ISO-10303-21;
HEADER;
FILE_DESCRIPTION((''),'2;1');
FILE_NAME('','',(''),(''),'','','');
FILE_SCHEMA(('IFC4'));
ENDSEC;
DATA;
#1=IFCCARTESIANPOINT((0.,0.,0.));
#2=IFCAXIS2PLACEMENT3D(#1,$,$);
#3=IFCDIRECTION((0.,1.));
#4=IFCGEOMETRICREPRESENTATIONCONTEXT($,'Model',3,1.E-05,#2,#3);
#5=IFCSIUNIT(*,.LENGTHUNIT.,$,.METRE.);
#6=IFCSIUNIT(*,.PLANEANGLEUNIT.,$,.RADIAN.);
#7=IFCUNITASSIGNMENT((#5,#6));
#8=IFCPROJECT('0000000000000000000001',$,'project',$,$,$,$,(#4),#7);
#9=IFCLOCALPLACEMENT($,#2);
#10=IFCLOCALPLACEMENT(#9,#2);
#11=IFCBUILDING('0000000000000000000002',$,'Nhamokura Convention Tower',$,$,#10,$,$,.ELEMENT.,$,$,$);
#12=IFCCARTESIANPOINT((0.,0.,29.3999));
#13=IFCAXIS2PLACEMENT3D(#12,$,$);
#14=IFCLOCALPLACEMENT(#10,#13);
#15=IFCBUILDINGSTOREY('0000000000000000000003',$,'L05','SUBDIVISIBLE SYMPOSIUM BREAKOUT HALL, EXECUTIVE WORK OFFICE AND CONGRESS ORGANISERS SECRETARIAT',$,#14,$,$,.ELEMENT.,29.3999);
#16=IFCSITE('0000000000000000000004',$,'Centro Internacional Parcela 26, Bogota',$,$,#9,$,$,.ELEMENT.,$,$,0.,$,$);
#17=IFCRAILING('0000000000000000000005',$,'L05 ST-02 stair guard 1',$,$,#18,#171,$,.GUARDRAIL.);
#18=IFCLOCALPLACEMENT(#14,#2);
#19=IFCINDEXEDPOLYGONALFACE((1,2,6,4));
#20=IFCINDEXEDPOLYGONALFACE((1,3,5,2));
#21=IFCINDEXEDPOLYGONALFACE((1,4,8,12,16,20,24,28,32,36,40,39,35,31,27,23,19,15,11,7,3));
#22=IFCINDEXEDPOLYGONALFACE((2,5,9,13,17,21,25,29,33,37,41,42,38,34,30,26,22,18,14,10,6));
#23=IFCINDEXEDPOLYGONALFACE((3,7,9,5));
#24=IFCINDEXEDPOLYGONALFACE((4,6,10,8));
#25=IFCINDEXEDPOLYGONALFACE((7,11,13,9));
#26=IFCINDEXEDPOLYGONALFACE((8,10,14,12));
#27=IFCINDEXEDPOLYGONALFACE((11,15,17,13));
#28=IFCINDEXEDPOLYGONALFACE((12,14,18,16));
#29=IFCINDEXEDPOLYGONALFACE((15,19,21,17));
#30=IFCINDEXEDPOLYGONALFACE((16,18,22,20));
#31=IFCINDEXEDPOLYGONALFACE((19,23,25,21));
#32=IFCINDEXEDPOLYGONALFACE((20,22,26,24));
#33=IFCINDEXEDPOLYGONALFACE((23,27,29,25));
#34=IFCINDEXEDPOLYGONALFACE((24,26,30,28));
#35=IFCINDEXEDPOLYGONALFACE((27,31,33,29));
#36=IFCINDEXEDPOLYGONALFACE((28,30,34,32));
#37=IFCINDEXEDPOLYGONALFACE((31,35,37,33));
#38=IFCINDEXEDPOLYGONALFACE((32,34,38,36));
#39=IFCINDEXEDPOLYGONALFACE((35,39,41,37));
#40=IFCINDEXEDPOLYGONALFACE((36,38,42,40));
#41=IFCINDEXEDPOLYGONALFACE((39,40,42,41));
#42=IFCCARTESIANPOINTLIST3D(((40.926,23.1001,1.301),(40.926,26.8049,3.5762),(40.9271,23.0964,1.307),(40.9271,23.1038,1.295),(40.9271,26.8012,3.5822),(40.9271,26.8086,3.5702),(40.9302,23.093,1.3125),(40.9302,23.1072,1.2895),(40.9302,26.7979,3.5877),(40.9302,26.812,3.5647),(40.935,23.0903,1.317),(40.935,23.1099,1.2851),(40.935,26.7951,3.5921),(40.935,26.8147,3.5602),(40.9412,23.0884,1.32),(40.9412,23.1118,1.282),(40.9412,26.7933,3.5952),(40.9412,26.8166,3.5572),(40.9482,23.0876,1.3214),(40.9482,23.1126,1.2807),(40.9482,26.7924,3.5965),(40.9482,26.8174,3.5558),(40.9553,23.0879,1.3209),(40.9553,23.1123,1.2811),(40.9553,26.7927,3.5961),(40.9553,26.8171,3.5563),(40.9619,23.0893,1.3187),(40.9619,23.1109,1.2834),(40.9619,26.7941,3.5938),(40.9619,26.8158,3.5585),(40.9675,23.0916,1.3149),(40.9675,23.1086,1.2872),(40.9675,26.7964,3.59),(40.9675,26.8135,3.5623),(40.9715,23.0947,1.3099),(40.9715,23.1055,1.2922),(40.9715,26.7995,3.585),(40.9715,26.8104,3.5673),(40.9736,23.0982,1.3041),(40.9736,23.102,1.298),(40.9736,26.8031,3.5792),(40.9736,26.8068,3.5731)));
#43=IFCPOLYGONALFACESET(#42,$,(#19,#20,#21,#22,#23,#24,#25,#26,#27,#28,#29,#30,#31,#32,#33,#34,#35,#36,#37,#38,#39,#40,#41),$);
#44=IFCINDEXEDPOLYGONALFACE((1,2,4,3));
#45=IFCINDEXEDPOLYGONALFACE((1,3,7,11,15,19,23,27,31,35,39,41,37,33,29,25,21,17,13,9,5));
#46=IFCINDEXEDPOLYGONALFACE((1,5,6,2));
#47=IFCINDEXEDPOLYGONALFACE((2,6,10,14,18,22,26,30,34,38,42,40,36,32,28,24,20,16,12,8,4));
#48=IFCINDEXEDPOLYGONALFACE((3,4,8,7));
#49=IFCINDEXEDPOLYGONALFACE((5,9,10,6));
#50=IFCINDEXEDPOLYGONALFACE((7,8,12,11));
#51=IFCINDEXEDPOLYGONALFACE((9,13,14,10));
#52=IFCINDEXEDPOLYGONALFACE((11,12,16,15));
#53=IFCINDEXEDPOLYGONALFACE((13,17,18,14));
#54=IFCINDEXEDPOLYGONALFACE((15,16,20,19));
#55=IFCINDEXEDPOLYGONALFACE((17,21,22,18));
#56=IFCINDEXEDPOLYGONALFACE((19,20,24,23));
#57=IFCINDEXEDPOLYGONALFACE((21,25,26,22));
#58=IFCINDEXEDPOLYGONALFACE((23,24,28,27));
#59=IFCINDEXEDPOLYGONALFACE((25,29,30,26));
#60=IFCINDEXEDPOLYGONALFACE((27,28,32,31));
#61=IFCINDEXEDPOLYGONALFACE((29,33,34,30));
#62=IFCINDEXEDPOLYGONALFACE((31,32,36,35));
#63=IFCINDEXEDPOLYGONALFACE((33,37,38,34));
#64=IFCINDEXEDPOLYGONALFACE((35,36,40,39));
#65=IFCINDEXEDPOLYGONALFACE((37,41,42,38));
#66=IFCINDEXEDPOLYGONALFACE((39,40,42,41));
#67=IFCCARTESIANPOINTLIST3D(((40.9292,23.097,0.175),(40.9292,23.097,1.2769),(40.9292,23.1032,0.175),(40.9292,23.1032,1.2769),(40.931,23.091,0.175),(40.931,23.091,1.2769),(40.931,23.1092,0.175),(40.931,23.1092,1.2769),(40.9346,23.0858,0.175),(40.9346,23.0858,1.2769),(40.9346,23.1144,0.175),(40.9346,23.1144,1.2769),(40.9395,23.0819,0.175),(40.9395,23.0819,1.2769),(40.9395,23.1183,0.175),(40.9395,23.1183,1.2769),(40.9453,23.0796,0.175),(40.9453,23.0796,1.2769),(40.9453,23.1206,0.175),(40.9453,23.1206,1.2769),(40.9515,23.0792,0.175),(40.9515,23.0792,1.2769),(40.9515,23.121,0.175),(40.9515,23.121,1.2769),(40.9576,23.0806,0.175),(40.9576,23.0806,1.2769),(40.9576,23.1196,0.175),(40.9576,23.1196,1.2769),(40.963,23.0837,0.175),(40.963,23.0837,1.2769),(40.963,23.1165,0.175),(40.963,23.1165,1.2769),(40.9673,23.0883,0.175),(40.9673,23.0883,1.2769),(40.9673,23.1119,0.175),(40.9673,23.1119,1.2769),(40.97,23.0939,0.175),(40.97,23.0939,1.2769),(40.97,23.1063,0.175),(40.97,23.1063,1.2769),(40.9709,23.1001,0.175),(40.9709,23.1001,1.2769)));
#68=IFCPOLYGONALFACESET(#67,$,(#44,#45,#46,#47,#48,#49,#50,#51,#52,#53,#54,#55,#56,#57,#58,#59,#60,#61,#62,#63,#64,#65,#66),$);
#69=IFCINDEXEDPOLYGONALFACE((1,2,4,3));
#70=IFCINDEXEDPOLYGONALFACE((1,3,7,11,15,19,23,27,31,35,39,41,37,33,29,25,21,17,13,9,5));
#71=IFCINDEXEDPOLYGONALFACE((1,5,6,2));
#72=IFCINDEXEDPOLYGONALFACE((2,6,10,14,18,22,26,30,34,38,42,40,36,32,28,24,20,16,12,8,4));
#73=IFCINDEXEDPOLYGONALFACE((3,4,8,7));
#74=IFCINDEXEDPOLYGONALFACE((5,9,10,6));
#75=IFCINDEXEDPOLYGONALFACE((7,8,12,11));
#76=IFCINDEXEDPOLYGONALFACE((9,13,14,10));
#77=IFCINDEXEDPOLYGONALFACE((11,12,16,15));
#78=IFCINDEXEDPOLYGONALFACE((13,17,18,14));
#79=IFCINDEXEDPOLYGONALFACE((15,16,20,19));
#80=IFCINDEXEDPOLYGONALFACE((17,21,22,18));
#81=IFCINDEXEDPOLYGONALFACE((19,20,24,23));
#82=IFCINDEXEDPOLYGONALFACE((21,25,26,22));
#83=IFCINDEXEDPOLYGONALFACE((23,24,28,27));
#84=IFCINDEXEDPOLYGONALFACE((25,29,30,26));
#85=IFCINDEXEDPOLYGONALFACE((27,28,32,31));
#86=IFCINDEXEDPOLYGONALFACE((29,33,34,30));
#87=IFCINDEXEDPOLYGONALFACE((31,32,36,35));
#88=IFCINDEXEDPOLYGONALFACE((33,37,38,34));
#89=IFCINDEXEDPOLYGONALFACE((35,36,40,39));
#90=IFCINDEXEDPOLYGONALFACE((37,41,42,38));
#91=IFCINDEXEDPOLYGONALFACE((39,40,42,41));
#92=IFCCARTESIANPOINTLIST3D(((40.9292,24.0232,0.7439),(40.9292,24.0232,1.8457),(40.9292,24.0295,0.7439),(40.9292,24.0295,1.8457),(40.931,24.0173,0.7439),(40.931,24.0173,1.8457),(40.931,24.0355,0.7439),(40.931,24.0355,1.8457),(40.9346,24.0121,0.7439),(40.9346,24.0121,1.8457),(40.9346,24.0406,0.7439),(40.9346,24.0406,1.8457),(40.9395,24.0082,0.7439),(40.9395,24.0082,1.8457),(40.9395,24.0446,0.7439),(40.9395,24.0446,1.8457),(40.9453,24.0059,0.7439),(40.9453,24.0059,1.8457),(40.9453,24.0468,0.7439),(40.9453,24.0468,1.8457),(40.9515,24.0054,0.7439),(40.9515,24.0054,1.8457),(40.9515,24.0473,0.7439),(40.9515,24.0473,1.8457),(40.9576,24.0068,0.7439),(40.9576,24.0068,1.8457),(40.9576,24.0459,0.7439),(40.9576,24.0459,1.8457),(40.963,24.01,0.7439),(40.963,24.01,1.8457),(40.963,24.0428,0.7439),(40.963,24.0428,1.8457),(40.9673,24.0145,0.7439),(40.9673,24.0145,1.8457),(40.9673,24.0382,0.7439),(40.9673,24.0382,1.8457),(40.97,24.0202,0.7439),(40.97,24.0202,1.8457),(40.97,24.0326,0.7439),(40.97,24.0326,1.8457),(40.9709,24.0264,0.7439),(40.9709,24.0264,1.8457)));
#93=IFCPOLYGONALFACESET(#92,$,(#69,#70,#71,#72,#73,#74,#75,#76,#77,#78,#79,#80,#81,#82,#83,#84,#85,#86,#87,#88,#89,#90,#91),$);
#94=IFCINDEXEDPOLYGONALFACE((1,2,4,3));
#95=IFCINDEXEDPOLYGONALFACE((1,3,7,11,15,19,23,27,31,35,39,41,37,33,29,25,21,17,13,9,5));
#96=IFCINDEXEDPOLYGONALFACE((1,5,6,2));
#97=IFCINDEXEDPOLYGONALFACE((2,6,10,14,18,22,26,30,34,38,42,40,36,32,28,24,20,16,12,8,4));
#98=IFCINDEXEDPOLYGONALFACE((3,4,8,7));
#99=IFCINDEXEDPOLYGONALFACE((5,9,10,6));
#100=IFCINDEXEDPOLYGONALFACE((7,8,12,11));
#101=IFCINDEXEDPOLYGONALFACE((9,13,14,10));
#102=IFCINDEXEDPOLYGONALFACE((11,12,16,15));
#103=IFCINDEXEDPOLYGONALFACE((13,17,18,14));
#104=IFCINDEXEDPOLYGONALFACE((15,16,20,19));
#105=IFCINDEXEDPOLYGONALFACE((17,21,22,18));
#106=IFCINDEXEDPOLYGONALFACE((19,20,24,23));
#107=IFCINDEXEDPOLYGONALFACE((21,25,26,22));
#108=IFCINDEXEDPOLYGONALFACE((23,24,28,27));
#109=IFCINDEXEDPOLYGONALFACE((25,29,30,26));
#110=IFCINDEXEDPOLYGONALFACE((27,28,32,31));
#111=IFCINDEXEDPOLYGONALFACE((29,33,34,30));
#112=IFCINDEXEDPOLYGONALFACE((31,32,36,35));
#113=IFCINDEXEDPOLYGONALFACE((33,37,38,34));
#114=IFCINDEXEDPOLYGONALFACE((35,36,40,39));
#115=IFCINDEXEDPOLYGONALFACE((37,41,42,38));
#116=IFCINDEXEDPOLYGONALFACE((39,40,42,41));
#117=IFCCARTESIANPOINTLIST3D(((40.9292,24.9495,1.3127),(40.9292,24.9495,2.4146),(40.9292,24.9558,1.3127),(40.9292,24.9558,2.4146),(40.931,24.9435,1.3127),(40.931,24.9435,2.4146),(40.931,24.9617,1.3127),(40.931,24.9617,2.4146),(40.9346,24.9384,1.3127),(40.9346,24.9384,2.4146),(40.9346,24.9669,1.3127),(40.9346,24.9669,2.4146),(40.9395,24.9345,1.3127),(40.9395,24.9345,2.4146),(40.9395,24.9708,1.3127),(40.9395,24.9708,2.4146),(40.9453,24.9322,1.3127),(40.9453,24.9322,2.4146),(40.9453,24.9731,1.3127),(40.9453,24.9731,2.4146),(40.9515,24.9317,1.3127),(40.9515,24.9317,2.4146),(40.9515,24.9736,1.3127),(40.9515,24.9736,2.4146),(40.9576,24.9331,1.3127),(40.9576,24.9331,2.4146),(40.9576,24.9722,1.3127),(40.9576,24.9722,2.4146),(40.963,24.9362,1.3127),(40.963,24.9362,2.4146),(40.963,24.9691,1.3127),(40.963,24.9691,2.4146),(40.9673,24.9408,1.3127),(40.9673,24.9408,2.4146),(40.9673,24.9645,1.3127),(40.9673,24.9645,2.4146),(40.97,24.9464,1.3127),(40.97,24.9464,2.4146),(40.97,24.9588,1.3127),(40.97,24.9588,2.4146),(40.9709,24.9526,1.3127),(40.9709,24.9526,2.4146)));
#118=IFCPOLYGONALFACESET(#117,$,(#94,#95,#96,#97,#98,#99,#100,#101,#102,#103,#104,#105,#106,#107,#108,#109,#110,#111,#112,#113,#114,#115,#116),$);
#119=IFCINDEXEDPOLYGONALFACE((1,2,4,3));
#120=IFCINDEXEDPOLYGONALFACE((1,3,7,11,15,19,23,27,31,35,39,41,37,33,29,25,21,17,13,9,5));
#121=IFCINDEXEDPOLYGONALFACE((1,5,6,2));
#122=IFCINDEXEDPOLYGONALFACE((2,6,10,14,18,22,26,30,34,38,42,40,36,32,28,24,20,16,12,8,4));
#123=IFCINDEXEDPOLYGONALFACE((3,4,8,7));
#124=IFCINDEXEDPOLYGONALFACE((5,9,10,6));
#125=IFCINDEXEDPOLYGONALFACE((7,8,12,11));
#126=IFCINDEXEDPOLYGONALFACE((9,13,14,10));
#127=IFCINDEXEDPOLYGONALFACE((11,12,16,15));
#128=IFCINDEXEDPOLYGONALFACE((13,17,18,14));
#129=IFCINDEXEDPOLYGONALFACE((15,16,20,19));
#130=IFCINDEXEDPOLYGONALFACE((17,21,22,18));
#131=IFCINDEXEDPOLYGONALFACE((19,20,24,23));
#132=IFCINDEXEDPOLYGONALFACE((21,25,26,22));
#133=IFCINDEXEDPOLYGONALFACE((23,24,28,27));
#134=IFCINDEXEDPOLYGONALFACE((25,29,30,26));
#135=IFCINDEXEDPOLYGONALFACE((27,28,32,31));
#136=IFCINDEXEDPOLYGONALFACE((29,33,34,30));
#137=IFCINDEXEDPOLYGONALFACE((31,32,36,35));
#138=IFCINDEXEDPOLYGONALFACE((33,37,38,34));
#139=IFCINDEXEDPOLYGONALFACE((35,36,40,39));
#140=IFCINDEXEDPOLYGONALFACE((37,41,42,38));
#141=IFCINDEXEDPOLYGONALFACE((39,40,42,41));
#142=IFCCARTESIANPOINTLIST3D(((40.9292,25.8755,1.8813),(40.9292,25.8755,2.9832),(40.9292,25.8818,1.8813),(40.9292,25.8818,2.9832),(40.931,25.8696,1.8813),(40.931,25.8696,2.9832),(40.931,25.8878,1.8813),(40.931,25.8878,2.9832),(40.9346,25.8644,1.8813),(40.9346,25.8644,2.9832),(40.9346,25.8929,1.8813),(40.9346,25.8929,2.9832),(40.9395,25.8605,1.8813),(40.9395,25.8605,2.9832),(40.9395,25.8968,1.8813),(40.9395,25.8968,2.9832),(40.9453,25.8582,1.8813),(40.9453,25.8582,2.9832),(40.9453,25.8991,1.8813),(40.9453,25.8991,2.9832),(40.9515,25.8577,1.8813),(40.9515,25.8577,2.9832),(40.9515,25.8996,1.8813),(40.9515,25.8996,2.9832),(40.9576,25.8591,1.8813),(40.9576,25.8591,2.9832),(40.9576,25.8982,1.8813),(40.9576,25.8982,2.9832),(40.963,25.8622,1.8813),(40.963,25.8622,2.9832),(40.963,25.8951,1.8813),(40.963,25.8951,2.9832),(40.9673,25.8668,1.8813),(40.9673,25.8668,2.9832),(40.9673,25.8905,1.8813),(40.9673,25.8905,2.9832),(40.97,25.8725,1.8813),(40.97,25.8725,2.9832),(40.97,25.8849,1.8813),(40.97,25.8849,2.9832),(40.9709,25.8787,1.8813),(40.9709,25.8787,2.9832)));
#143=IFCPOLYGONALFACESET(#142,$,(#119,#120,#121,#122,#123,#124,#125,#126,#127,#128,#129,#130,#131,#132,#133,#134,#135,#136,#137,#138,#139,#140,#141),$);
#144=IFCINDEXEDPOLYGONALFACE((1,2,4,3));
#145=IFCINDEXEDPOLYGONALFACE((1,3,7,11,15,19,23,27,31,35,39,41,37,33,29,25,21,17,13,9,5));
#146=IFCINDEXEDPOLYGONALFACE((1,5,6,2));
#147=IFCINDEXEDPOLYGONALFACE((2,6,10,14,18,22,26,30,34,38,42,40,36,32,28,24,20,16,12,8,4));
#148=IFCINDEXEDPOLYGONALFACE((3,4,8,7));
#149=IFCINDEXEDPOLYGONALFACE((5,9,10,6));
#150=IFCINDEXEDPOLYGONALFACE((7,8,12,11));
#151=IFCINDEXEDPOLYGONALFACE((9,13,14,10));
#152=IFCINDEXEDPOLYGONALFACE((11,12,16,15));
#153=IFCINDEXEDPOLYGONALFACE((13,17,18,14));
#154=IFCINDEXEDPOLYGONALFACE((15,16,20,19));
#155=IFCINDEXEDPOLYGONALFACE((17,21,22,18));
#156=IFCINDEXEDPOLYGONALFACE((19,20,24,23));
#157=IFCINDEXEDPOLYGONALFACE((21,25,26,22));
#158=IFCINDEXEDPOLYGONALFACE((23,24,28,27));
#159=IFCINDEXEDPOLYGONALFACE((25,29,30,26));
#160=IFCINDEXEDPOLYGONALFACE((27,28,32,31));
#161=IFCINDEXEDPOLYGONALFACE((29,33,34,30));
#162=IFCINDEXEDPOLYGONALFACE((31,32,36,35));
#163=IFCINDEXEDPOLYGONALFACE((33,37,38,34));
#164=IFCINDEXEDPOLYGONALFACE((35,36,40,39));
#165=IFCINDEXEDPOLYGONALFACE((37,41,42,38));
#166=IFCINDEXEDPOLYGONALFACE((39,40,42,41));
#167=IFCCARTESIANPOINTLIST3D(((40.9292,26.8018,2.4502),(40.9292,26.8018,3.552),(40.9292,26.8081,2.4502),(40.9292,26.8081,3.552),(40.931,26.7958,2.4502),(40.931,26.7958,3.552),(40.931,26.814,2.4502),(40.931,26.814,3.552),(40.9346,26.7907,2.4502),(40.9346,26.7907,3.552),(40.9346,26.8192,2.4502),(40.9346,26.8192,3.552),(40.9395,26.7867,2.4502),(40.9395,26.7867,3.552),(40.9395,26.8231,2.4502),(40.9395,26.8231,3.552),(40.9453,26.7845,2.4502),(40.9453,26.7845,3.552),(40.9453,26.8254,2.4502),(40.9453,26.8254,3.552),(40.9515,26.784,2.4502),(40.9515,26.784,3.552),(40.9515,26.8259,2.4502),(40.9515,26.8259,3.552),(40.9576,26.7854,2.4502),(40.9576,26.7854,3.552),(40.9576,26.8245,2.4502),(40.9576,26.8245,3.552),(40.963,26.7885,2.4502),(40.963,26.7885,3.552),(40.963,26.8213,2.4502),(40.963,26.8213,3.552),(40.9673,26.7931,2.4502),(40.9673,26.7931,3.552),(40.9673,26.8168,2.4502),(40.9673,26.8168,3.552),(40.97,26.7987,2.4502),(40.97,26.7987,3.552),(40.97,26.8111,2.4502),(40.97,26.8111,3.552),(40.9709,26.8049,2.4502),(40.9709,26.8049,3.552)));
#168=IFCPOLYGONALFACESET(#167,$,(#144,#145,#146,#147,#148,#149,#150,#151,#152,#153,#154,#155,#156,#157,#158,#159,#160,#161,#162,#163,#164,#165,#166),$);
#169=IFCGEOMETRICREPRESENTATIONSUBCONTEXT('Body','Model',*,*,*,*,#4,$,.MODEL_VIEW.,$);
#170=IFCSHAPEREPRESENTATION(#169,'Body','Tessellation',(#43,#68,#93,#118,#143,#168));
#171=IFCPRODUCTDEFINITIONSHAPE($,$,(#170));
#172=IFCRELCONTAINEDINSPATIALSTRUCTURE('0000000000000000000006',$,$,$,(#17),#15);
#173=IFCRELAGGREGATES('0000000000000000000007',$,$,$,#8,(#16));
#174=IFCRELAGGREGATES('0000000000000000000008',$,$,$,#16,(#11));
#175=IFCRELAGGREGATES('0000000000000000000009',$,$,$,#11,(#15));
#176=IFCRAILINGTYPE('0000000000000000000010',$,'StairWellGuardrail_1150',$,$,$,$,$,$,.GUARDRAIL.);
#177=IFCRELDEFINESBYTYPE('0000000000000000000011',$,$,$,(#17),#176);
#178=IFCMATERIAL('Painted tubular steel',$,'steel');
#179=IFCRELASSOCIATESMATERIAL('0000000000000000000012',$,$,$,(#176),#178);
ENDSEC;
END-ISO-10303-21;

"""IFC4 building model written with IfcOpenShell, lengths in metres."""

from ifc_helpers import new_model, si_unit, direction, frame, origin, origin_2d, place, context, subcontext, project, spatial, circle, extrude, material, type_object, element, save


model = new_model("IFC4")

# Units and contexts
model_context = context("Model", 3, precision=1e-05, world=origin(), true_north=direction((0.0, 1.0)))
body_context = subcontext(model_context, "Body", "Model", "MODEL_VIEW")
ifc_project = project(units=[si_unit("LENGTHUNIT", "METRE"), si_unit("PLANEANGLEUNIT", "RADIAN")], contexts=[model_context])

# Site, building, storey
site_placement = place(None, origin())
site = spatial("IfcSite", under=ifc_project, at=site_placement, Name="Centro Internacional Parcela 26, Bogota", CompositionType="ELEMENT", RefElevation=0.0)
building_placement = place(site_placement, origin())
building = spatial("IfcBuilding", under=site, at=building_placement, Name="Nhamokura Convention Tower", CompositionType="ELEMENT")
storey_placement = place(building_placement, frame((0.0, 0.0, 29.3999)))
storey = spatial("IfcBuildingStorey", under=building, at=storey_placement, Name="L05", Description="SUBDIVISIBLE SYMPOSIUM BREAKOUT HALL, EXECUTIVE WORK OFFICE AND CONGRESS ORGANISERS SECRETARIAT", CompositionType="ELEMENT", Elevation=29.3999)

# Railing
ifc_material_1 = material(Name="Painted tubular steel", Category="steel")
railing_type_1 = type_object("IfcRailingType", Name="StairWellGuardrail_1150", PredefinedType="GUARDRAIL", material=ifc_material_1)
railing_1_placement = place(storey_placement, frame((40.95, 23.1001, 0.175)))
element("IfcRailing", 1, at=railing_1_placement, inside=storey, type_object=railing_type_1, Name="L05 ST-02 stair guard 1", PredefinedType="GUARDRAIL", context=body_context, shape_type="SweptSolid", body=[
    extrude(circle(Radius=0.0239, at=origin_2d()), frame((0.0, 0.0, 1.126), z_axis=(0.0, 0.852146, 0.523305), x_axis=(-1.0, 0.0, 0.0)), (0.0, 0.0, 1.0), 4.3477),
    extrude(circle(Radius=0.021, at=origin_2d()), origin(), (0.0, 0.0, 1.0), 1.1018),
    extrude(circle(Radius=0.021, at=origin_2d()), frame((0.0, 0.9263, 0.5688)), (0.0, 0.0, 1.0), 1.1018),
    extrude(circle(Radius=0.021, at=origin_2d()), frame((0.0, 1.8525, 1.1377)), (0.0, 0.0, 1.0), 1.1018),
    extrude(circle(Radius=0.021, at=origin_2d()), frame((0.0, 2.7786, 1.7063)), (0.0, 0.0, 1.0), 1.1018),
    extrude(circle(Radius=0.021, at=origin_2d()), frame((0.0, 3.7048, 2.2751)), (0.0, 0.0, 1.0), 1.1018),
])

save(model, "model.ifc")
